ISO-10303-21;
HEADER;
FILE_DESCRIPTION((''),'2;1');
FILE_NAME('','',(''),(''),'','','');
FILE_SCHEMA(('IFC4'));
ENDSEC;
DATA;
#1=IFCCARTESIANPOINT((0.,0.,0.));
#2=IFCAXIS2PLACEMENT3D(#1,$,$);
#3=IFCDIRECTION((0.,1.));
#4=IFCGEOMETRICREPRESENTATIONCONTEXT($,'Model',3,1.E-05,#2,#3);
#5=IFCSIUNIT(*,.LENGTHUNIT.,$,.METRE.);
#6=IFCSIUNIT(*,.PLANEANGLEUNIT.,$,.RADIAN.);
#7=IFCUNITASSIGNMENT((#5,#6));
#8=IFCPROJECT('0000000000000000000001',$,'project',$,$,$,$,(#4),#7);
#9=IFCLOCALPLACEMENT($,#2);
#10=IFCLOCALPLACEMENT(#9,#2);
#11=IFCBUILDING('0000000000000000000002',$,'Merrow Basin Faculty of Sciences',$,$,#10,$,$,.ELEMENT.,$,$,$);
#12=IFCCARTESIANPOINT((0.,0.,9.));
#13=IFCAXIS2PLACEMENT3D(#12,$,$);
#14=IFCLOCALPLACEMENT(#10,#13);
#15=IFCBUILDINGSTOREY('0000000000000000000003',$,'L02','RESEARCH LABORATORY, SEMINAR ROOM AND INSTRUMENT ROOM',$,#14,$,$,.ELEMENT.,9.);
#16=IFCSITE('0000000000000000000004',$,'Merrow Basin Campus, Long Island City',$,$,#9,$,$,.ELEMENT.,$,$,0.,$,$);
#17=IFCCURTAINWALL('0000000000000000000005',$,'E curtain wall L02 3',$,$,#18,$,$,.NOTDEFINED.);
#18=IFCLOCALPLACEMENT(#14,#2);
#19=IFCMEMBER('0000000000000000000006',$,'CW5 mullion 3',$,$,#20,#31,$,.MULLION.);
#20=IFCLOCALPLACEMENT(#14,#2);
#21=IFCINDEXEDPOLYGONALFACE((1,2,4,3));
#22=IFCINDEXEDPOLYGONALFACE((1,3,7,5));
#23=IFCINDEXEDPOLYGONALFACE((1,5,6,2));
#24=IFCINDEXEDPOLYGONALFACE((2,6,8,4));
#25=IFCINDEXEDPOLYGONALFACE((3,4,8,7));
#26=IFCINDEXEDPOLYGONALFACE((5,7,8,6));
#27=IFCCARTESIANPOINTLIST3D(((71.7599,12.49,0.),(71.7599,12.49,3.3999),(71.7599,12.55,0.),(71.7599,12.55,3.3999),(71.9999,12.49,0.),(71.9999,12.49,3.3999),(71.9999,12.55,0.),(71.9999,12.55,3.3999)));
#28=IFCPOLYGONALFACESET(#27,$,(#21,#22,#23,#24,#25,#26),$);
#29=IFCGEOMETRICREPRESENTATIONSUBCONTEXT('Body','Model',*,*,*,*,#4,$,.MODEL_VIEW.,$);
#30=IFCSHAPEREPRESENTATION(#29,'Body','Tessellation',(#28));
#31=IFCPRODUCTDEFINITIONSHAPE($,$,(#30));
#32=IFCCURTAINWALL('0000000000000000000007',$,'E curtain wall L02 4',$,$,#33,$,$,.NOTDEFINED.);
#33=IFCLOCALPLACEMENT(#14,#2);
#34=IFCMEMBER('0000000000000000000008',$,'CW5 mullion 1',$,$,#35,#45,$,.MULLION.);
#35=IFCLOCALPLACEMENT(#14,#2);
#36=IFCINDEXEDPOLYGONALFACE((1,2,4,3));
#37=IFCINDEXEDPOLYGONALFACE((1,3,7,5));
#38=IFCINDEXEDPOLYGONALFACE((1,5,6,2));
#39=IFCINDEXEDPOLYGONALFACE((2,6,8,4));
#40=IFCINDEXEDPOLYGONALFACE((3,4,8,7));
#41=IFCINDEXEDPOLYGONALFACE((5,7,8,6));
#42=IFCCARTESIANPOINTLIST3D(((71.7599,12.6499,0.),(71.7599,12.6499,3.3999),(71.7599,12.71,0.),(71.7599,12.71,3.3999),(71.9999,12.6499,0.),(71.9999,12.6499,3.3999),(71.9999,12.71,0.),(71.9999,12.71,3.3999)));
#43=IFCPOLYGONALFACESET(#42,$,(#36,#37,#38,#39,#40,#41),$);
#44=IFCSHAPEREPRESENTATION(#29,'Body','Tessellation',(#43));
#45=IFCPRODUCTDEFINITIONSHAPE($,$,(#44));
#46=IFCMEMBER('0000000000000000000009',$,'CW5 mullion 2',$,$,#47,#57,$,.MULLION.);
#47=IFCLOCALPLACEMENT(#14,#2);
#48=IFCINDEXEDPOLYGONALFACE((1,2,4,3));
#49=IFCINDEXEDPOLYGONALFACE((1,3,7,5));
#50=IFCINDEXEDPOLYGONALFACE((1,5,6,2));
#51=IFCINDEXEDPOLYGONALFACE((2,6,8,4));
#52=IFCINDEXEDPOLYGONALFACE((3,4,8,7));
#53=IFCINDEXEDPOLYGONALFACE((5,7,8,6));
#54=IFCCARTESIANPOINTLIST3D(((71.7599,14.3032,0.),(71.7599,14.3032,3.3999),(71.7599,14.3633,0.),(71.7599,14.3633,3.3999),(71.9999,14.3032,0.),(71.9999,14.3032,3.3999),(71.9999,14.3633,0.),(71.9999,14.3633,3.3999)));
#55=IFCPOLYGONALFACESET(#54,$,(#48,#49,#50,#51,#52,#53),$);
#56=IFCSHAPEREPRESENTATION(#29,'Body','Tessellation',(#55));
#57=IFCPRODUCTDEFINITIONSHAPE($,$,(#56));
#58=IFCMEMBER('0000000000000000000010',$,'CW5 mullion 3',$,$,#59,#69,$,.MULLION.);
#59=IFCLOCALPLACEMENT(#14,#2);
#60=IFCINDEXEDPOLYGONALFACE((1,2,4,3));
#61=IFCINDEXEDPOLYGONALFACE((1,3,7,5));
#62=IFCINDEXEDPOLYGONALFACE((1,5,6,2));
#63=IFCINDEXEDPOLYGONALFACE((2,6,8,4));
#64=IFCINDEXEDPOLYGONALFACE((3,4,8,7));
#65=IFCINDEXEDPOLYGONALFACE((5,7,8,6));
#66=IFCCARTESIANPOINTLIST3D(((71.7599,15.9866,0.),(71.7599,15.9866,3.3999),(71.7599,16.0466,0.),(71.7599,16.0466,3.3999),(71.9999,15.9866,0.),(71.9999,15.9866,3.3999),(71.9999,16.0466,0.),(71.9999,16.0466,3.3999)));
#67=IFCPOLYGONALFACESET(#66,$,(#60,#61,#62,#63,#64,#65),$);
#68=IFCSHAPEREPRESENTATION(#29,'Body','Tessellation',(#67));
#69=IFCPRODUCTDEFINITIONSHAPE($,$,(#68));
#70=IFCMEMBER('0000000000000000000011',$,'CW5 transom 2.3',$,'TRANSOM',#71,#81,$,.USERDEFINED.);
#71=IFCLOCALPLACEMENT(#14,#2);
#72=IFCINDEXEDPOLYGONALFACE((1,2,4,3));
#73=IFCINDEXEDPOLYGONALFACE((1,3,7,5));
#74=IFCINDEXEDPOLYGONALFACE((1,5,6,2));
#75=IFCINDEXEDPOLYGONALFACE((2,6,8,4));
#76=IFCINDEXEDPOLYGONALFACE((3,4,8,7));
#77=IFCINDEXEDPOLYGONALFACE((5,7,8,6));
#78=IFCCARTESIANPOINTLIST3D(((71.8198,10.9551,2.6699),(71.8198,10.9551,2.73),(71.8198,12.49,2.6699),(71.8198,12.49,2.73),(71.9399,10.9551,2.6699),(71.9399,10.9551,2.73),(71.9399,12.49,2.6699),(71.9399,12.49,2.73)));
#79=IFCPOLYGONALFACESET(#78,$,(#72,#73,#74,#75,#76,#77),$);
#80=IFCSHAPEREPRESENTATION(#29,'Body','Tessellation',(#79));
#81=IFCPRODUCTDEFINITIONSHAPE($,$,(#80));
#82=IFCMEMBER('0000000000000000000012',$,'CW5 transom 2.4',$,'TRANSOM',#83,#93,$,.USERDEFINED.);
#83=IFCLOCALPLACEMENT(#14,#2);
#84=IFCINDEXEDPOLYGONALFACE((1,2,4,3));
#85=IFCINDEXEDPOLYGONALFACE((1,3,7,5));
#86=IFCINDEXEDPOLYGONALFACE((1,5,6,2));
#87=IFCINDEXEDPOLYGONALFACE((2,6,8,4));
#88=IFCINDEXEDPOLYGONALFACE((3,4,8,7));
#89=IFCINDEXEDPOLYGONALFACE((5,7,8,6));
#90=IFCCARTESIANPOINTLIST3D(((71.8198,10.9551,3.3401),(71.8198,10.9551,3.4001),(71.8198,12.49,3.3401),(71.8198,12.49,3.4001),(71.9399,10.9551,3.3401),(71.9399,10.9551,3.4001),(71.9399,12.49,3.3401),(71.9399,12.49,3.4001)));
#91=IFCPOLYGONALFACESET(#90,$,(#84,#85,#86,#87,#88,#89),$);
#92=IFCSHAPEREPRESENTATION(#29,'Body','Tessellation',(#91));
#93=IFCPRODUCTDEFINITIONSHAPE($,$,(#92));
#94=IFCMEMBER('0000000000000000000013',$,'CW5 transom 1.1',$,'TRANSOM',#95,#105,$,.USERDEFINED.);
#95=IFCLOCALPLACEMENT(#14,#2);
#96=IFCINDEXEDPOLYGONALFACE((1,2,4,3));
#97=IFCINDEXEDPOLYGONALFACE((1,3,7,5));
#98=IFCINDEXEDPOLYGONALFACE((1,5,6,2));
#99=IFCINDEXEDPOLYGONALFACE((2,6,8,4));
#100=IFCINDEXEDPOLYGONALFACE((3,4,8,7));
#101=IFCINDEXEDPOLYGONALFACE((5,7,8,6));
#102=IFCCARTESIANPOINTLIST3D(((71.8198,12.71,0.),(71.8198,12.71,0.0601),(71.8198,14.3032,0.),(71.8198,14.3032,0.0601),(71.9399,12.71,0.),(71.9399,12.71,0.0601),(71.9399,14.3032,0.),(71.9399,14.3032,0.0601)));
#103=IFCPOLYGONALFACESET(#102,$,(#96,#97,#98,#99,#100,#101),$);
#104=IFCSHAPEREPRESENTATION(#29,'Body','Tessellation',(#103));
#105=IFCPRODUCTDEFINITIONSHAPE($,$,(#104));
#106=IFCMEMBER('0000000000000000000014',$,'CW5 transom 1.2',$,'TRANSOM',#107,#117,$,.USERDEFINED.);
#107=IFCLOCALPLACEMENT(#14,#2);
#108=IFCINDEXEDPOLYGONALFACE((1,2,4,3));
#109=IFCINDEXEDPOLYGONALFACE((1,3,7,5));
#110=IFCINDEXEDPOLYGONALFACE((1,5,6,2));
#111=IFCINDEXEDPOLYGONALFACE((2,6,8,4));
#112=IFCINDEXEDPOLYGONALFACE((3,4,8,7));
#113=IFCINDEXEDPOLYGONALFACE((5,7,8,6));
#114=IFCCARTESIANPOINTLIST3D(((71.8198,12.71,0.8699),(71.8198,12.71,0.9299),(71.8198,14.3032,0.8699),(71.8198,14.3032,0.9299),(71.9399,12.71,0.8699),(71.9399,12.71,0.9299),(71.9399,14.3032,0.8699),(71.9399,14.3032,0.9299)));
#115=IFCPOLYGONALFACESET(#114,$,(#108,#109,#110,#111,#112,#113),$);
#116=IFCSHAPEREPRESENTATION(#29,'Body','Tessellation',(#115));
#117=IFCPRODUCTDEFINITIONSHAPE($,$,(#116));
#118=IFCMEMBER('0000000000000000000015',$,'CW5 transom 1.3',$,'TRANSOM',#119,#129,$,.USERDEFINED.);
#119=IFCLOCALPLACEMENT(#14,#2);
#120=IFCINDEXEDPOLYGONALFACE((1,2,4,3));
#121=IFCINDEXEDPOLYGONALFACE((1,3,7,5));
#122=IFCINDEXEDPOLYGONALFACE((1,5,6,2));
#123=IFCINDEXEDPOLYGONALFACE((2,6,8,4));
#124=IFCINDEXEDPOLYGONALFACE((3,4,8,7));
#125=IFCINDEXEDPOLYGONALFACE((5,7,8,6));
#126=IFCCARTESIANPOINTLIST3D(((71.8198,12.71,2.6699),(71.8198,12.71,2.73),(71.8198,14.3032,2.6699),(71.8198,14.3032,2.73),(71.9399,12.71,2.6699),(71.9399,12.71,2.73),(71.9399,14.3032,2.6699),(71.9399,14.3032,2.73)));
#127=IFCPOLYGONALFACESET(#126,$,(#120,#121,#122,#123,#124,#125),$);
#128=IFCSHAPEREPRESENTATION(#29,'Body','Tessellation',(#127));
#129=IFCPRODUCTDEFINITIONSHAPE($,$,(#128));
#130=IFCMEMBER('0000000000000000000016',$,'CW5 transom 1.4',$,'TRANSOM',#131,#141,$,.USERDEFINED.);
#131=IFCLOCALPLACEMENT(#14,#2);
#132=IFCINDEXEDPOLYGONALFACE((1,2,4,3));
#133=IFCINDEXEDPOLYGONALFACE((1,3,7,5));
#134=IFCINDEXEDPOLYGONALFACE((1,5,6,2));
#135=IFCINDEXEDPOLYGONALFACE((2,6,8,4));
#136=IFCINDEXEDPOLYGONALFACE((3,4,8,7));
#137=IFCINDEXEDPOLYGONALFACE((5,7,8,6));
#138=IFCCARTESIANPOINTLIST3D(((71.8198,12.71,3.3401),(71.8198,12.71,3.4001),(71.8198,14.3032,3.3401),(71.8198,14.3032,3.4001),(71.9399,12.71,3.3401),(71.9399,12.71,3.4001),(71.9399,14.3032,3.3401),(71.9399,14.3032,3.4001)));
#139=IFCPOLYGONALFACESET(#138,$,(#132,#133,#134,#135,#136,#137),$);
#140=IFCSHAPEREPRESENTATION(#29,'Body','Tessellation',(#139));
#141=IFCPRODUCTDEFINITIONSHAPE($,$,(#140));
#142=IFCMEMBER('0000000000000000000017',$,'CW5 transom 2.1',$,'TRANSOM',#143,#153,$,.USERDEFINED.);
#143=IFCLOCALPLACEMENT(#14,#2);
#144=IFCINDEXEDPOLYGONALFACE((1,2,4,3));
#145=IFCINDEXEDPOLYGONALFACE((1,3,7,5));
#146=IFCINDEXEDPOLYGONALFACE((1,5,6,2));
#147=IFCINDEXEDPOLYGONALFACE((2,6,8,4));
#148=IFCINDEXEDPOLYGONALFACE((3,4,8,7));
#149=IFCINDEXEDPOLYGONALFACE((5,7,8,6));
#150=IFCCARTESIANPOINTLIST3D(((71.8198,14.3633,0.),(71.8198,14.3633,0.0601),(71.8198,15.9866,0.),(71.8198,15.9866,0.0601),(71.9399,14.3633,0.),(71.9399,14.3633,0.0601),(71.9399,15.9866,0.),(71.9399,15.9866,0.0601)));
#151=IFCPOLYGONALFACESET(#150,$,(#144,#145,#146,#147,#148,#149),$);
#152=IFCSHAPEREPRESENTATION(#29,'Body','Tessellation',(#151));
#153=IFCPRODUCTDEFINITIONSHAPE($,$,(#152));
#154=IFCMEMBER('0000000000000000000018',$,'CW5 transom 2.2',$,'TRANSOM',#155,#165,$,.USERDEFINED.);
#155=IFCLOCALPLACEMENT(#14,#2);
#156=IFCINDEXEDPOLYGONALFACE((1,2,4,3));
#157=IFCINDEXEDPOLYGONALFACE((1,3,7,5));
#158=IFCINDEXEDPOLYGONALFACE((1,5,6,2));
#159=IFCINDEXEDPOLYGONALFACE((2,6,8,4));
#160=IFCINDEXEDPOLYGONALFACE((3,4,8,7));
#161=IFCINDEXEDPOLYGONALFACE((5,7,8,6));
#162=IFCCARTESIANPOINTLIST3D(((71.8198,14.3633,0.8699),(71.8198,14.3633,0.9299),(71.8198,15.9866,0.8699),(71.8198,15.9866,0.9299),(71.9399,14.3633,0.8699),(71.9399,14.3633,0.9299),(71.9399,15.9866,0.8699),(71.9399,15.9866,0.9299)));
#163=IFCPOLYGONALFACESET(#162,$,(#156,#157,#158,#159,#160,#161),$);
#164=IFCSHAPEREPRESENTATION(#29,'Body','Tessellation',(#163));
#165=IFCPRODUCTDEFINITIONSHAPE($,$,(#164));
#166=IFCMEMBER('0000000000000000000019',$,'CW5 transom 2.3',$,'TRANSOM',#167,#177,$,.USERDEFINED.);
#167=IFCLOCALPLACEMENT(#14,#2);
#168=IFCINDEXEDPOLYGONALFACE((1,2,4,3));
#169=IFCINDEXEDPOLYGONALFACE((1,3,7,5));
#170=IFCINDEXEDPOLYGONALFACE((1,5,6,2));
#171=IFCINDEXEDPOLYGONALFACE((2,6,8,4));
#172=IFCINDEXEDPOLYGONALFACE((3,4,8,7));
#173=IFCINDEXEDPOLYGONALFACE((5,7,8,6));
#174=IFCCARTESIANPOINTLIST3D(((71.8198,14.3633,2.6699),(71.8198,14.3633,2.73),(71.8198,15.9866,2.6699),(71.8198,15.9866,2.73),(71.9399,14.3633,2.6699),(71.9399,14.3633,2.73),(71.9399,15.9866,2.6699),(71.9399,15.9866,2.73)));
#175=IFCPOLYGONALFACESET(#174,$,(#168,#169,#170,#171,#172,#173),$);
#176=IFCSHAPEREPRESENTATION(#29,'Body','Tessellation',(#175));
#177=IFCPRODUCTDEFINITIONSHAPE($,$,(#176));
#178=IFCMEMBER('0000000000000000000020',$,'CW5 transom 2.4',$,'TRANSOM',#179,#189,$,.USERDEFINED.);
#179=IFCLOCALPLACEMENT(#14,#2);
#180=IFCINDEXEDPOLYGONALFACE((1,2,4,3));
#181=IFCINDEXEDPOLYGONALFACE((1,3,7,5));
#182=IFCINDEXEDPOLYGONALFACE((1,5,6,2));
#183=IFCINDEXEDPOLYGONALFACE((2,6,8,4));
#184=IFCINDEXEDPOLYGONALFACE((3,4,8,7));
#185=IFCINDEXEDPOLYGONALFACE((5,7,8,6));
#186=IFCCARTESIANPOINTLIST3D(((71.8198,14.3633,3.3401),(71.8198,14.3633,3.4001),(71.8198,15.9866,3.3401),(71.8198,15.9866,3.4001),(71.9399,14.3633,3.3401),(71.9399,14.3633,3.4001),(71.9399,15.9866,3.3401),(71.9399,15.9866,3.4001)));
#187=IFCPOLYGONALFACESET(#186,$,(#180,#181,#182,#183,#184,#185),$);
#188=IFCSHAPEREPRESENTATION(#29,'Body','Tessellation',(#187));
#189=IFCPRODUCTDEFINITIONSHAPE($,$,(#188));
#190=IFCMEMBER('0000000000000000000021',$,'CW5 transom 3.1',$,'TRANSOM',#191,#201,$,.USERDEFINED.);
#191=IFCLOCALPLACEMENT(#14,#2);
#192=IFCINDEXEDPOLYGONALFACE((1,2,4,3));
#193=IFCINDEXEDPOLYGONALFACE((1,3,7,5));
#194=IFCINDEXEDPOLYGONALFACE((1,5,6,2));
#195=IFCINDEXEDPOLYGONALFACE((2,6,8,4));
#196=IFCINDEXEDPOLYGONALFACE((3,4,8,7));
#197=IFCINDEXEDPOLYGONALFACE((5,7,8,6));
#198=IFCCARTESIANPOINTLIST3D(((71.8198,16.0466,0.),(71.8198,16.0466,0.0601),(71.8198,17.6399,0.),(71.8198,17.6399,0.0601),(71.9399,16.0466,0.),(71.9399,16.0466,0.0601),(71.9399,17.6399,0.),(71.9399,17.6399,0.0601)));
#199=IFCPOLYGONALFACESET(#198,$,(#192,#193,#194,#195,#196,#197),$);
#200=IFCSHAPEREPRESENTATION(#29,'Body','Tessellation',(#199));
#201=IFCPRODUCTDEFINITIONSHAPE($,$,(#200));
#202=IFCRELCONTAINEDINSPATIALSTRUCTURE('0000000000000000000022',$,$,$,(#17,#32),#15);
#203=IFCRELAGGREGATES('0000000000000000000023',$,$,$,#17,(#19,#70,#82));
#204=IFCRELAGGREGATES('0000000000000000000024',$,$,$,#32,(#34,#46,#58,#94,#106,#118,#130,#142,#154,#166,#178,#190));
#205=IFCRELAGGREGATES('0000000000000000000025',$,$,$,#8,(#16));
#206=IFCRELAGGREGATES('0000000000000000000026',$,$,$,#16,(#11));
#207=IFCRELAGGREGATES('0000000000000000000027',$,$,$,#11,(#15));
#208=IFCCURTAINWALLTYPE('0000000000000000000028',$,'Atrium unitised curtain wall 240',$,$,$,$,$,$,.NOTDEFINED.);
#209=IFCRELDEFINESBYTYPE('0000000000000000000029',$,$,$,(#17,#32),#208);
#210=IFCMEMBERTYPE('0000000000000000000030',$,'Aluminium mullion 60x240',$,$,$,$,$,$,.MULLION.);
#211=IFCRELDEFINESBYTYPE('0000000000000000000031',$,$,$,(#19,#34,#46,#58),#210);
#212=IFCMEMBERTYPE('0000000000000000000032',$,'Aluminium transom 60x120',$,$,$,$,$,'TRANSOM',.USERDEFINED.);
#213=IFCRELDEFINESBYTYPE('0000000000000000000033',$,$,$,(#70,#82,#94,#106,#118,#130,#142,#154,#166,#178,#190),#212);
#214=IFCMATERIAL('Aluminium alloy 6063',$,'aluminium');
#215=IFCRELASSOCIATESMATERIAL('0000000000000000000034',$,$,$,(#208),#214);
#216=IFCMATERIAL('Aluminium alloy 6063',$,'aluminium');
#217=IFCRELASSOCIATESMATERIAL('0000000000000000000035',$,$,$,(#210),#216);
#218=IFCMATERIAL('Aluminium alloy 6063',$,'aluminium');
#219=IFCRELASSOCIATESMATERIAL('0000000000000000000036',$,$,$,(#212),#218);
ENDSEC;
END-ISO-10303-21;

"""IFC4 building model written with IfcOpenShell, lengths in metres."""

from ifc_helpers import new_model, si_unit, direction, frame, origin, origin_2d, place, context, subcontext, project, spatial, rectangle, extrude, material, material_profile, profile_set, type_object, element, aggregate, save


model = new_model("IFC4")

# Units and contexts
model_context = context("Model", 3, precision=1e-05, world=origin(), true_north=direction((0.0, 1.0)))
body_context = subcontext(model_context, "Body", "Model", "MODEL_VIEW")
ifc_project = project(units=[si_unit("LENGTHUNIT", "METRE"), si_unit("PLANEANGLEUNIT", "RADIAN")], contexts=[model_context])

# Site, building, storey
site_placement = place(None, origin())
site = spatial("IfcSite", under=ifc_project, at=site_placement, Name="Merrow Basin Campus, Long Island City", CompositionType="ELEMENT", RefElevation=0.0)
building_placement = place(site_placement, origin())
building = spatial("IfcBuilding", under=site, at=building_placement, Name="Merrow Basin Faculty of Sciences", CompositionType="ELEMENT")
storey_placement = place(building_placement, frame((0.0, 0.0, 9.0)))
storey = spatial("IfcBuildingStorey", under=building, at=storey_placement, Name="L02", Description="RESEARCH LABORATORY, SEMINAR ROOM AND INSTRUMENT ROOM", CompositionType="ELEMENT", Elevation=9.0)

# Curtain wall, member
ifc_material_1 = material(Name="Aluminium alloy 6063", Category="aluminium")
curtain_wall_type = type_object("IfcCurtainWallType", Name="Atrium unitised curtain wall 240", PredefinedType="NOTDEFINED", material=ifc_material_1)
curtain_wall_1_placement = place(storey_placement, origin())
curtain_wall_1 = element("IfcCurtainWall", 1, at=curtain_wall_1_placement, inside=storey, type_object=curtain_wall_type, Name="E curtain wall L02 3", PredefinedType="NOTDEFINED")
ifc_material_2 = material(Name="Aluminium alloy 6063", Category="aluminium")
ifc_material_profile_1 = material_profile(ifc_material_2, rectangle(XDim=0.24, YDim=0.0601, at=origin_2d()))
ifc_profile_set_1 = profile_set([ifc_material_profile_1], Name="Aluminium alloy 6063")
member_type_1 = type_object("IfcMemberType", Name="Aluminium mullion 60x240", PredefinedType="MULLION", material=ifc_profile_set_1)
member_1_placement = place(storey_placement, frame((71.8799, 12.52, 0.0), z_axis=(0.0, 0.0, 1.0), x_axis=(-1.0, 0.0, 0.0)))
member_1 = element("IfcMember", 2, at=member_1_placement, type_object=member_type_1, Name="CW5 mullion 3", PredefinedType="MULLION", context=body_context, shape_type="SweptSolid", body=[
    extrude(rectangle(XDim=0.24, YDim=0.0601, at=origin_2d()), origin(), (0.0, 0.0, 1.0), 3.3999),
])

# Curtain wall, members
curtain_wall_2_placement = place(storey_placement, origin())
curtain_wall_2 = element("IfcCurtainWall", 3, at=curtain_wall_2_placement, inside=storey, type_object=curtain_wall_type, Name="E curtain wall L02 4", PredefinedType="NOTDEFINED")
member_2_placement = place(storey_placement, frame((71.8799, 12.6799, 0.0), z_axis=(0.0, 0.0, 1.0), x_axis=(-1.0, 0.0, 0.0)))
member_2 = element("IfcMember", 4, at=member_2_placement, type_object=member_type_1, Name="CW5 mullion 1", PredefinedType="MULLION", context=body_context, shape_type="SweptSolid", body=[
    extrude(rectangle(XDim=0.24, YDim=0.0601, at=origin_2d()), origin(), (0.0, 0.0, 1.0), 3.3999),
])
member_3_placement = place(storey_placement, frame((71.8799, 14.3333, 0.0), z_axis=(0.0, 0.0, 1.0), x_axis=(-1.0, 0.0, 0.0)))
member_3 = element("IfcMember", 5, at=member_3_placement, type_object=member_type_1, Name="CW5 mullion 2", PredefinedType="MULLION", context=body_context, shape_type="SweptSolid", body=[
    extrude(rectangle(XDim=0.24, YDim=0.0601, at=origin_2d()), origin(), (0.0, 0.0, 1.0), 3.3999),
])
member_4_placement = place(storey_placement, frame((71.8799, 16.0166, 0.0), z_axis=(0.0, 0.0, 1.0), x_axis=(-1.0, 0.0, 0.0)))
member_4 = element("IfcMember", 6, at=member_4_placement, type_object=member_type_1, Name="CW5 mullion 3", PredefinedType="MULLION", context=body_context, shape_type="SweptSolid", body=[
    extrude(rectangle(XDim=0.24, YDim=0.0601, at=origin_2d()), origin(), (0.0, 0.0, 1.0), 3.3999),
])

# Members
ifc_material_3 = material(Name="Aluminium alloy 6063", Category="aluminium")
ifc_material_profile_2 = material_profile(ifc_material_3, rectangle(XDim=0.1201, YDim=0.0601, at=origin_2d()))
ifc_profile_set_2 = profile_set([ifc_material_profile_2], Name="Aluminium alloy 6063")
member_type_2 = type_object("IfcMemberType", Name="Aluminium transom 60x120", ElementType="TRANSOM", PredefinedType="USERDEFINED", material=ifc_profile_set_2)
member_5_placement = place(storey_placement, frame((71.8799, 10.9551, 2.7), z_axis=(0.0, 1.0, 0.0), x_axis=(-1.0, 0.0, 0.0)))
member_5 = element("IfcMember", 7, at=member_5_placement, type_object=member_type_2, Name="CW5 transom 2.3", ObjectType="TRANSOM", PredefinedType="USERDEFINED", context=body_context, shape_type="SweptSolid", body=[
    extrude(rectangle(XDim=0.1201, YDim=0.0601, at=origin_2d()), origin(), (0.0, 0.0, 1.0), 1.5349),
])
member_6_placement = place(storey_placement, frame((71.8799, 10.9551, 3.3701), z_axis=(0.0, 1.0, 0.0), x_axis=(-1.0, 0.0, 0.0)))
member_6 = element("IfcMember", 8, at=member_6_placement, type_object=member_type_2, Name="CW5 transom 2.4", ObjectType="TRANSOM", PredefinedType="USERDEFINED", context=body_context, shape_type="SweptSolid", body=[
    extrude(rectangle(XDim=0.1201, YDim=0.0601, at=origin_2d()), origin(), (0.0, 0.0, 1.0), 1.5349),
])
member_7_placement = place(storey_placement, frame((71.8799, 12.71, 0.03), z_axis=(0.0, 1.0, 0.0), x_axis=(-1.0, 0.0, 0.0)))
member_7 = element("IfcMember", 9, at=member_7_placement, type_object=member_type_2, Name="CW5 transom 1.1", ObjectType="TRANSOM", PredefinedType="USERDEFINED", context=body_context, shape_type="SweptSolid", body=[
    extrude(rectangle(XDim=0.1201, YDim=0.0601, at=origin_2d()), origin(), (0.0, 0.0, 1.0), 1.5933),
])
member_8_placement = place(storey_placement, frame((71.8799, 12.71, 0.8999), z_axis=(0.0, 1.0, 0.0), x_axis=(-1.0, 0.0, 0.0)))
member_8 = element("IfcMember", 10, at=member_8_placement, type_object=member_type_2, Name="CW5 transom 1.2", ObjectType="TRANSOM", PredefinedType="USERDEFINED", context=body_context, shape_type="SweptSolid", body=[
    extrude(rectangle(XDim=0.1201, YDim=0.0601, at=origin_2d()), origin(), (0.0, 0.0, 1.0), 1.5933),
])
member_9_placement = place(storey_placement, frame((71.8799, 12.71, 2.7), z_axis=(0.0, 1.0, 0.0), x_axis=(-1.0, 0.0, 0.0)))
member_9 = element("IfcMember", 11, at=member_9_placement, type_object=member_type_2, Name="CW5 transom 1.3", ObjectType="TRANSOM", PredefinedType="USERDEFINED", context=body_context, shape_type="SweptSolid", body=[
    extrude(rectangle(XDim=0.1201, YDim=0.0601, at=origin_2d()), origin(), (0.0, 0.0, 1.0), 1.5933),
])
member_10_placement = place(storey_placement, frame((71.8799, 12.71, 3.3701), z_axis=(0.0, 1.0, 0.0), x_axis=(-1.0, 0.0, 0.0)))
member_10 = element("IfcMember", 12, at=member_10_placement, type_object=member_type_2, Name="CW5 transom 1.4", ObjectType="TRANSOM", PredefinedType="USERDEFINED", context=body_context, shape_type="SweptSolid", body=[
    extrude(rectangle(XDim=0.1201, YDim=0.0601, at=origin_2d()), origin(), (0.0, 0.0, 1.0), 1.5933),
])
member_11_placement = place(storey_placement, frame((71.8799, 14.3633, 0.03), z_axis=(0.0, 1.0, 0.0), x_axis=(-1.0, 0.0, 0.0)))
member_11 = element("IfcMember", 13, at=member_11_placement, type_object=member_type_2, Name="CW5 transom 2.1", ObjectType="TRANSOM", PredefinedType="USERDEFINED", context=body_context, shape_type="SweptSolid", body=[
    extrude(rectangle(XDim=0.1201, YDim=0.0601, at=origin_2d()), origin(), (0.0, 0.0, 1.0), 1.6233),
])
member_12_placement = place(storey_placement, frame((71.8799, 14.3633, 0.8999), z_axis=(0.0, 1.0, 0.0), x_axis=(-1.0, 0.0, 0.0)))
member_12 = element("IfcMember", 14, at=member_12_placement, type_object=member_type_2, Name="CW5 transom 2.2", ObjectType="TRANSOM", PredefinedType="USERDEFINED", context=body_context, shape_type="SweptSolid", body=[
    extrude(rectangle(XDim=0.1201, YDim=0.0601, at=origin_2d()), origin(), (0.0, 0.0, 1.0), 1.6233),
])
member_13_placement = place(storey_placement, frame((71.8799, 14.3633, 2.7), z_axis=(0.0, 1.0, 0.0), x_axis=(-1.0, 0.0, 0.0)))
member_13 = element("IfcMember", 15, at=member_13_placement, type_object=member_type_2, Name="CW5 transom 2.3", ObjectType="TRANSOM", PredefinedType="USERDEFINED", context=body_context, shape_type="SweptSolid", body=[
    extrude(rectangle(XDim=0.1201, YDim=0.0601, at=origin_2d()), origin(), (0.0, 0.0, 1.0), 1.6233),
])
member_14_placement = place(storey_placement, frame((71.8799, 14.3633, 3.3701), z_axis=(0.0, 1.0, 0.0), x_axis=(-1.0, 0.0, 0.0)))
member_14 = element("IfcMember", 16, at=member_14_placement, type_object=member_type_2, Name="CW5 transom 2.4", ObjectType="TRANSOM", PredefinedType="USERDEFINED", context=body_context, shape_type="SweptSolid", body=[
    extrude(rectangle(XDim=0.1201, YDim=0.0601, at=origin_2d()), origin(), (0.0, 0.0, 1.0), 1.6233),
])
member_15_placement = place(storey_placement, frame((71.8799, 16.0466, 0.03), z_axis=(0.0, 1.0, 0.0), x_axis=(-1.0, 0.0, 0.0)))
member_15 = element("IfcMember", 17, at=member_15_placement, type_object=member_type_2, Name="CW5 transom 3.1", ObjectType="TRANSOM", PredefinedType="USERDEFINED", context=body_context, shape_type="SweptSolid", body=[
    extrude(rectangle(XDim=0.1201, YDim=0.0601, at=origin_2d()), origin(), (0.0, 0.0, 1.0), 1.5933),
])

aggregate(curtain_wall_1, [member_1, member_5, member_6])
aggregate(curtain_wall_2, [member_2, member_3, member_4, member_7, member_8, member_9, member_10, member_11, member_12, member_13, member_14, member_15])

save(model, "model.ifc")
